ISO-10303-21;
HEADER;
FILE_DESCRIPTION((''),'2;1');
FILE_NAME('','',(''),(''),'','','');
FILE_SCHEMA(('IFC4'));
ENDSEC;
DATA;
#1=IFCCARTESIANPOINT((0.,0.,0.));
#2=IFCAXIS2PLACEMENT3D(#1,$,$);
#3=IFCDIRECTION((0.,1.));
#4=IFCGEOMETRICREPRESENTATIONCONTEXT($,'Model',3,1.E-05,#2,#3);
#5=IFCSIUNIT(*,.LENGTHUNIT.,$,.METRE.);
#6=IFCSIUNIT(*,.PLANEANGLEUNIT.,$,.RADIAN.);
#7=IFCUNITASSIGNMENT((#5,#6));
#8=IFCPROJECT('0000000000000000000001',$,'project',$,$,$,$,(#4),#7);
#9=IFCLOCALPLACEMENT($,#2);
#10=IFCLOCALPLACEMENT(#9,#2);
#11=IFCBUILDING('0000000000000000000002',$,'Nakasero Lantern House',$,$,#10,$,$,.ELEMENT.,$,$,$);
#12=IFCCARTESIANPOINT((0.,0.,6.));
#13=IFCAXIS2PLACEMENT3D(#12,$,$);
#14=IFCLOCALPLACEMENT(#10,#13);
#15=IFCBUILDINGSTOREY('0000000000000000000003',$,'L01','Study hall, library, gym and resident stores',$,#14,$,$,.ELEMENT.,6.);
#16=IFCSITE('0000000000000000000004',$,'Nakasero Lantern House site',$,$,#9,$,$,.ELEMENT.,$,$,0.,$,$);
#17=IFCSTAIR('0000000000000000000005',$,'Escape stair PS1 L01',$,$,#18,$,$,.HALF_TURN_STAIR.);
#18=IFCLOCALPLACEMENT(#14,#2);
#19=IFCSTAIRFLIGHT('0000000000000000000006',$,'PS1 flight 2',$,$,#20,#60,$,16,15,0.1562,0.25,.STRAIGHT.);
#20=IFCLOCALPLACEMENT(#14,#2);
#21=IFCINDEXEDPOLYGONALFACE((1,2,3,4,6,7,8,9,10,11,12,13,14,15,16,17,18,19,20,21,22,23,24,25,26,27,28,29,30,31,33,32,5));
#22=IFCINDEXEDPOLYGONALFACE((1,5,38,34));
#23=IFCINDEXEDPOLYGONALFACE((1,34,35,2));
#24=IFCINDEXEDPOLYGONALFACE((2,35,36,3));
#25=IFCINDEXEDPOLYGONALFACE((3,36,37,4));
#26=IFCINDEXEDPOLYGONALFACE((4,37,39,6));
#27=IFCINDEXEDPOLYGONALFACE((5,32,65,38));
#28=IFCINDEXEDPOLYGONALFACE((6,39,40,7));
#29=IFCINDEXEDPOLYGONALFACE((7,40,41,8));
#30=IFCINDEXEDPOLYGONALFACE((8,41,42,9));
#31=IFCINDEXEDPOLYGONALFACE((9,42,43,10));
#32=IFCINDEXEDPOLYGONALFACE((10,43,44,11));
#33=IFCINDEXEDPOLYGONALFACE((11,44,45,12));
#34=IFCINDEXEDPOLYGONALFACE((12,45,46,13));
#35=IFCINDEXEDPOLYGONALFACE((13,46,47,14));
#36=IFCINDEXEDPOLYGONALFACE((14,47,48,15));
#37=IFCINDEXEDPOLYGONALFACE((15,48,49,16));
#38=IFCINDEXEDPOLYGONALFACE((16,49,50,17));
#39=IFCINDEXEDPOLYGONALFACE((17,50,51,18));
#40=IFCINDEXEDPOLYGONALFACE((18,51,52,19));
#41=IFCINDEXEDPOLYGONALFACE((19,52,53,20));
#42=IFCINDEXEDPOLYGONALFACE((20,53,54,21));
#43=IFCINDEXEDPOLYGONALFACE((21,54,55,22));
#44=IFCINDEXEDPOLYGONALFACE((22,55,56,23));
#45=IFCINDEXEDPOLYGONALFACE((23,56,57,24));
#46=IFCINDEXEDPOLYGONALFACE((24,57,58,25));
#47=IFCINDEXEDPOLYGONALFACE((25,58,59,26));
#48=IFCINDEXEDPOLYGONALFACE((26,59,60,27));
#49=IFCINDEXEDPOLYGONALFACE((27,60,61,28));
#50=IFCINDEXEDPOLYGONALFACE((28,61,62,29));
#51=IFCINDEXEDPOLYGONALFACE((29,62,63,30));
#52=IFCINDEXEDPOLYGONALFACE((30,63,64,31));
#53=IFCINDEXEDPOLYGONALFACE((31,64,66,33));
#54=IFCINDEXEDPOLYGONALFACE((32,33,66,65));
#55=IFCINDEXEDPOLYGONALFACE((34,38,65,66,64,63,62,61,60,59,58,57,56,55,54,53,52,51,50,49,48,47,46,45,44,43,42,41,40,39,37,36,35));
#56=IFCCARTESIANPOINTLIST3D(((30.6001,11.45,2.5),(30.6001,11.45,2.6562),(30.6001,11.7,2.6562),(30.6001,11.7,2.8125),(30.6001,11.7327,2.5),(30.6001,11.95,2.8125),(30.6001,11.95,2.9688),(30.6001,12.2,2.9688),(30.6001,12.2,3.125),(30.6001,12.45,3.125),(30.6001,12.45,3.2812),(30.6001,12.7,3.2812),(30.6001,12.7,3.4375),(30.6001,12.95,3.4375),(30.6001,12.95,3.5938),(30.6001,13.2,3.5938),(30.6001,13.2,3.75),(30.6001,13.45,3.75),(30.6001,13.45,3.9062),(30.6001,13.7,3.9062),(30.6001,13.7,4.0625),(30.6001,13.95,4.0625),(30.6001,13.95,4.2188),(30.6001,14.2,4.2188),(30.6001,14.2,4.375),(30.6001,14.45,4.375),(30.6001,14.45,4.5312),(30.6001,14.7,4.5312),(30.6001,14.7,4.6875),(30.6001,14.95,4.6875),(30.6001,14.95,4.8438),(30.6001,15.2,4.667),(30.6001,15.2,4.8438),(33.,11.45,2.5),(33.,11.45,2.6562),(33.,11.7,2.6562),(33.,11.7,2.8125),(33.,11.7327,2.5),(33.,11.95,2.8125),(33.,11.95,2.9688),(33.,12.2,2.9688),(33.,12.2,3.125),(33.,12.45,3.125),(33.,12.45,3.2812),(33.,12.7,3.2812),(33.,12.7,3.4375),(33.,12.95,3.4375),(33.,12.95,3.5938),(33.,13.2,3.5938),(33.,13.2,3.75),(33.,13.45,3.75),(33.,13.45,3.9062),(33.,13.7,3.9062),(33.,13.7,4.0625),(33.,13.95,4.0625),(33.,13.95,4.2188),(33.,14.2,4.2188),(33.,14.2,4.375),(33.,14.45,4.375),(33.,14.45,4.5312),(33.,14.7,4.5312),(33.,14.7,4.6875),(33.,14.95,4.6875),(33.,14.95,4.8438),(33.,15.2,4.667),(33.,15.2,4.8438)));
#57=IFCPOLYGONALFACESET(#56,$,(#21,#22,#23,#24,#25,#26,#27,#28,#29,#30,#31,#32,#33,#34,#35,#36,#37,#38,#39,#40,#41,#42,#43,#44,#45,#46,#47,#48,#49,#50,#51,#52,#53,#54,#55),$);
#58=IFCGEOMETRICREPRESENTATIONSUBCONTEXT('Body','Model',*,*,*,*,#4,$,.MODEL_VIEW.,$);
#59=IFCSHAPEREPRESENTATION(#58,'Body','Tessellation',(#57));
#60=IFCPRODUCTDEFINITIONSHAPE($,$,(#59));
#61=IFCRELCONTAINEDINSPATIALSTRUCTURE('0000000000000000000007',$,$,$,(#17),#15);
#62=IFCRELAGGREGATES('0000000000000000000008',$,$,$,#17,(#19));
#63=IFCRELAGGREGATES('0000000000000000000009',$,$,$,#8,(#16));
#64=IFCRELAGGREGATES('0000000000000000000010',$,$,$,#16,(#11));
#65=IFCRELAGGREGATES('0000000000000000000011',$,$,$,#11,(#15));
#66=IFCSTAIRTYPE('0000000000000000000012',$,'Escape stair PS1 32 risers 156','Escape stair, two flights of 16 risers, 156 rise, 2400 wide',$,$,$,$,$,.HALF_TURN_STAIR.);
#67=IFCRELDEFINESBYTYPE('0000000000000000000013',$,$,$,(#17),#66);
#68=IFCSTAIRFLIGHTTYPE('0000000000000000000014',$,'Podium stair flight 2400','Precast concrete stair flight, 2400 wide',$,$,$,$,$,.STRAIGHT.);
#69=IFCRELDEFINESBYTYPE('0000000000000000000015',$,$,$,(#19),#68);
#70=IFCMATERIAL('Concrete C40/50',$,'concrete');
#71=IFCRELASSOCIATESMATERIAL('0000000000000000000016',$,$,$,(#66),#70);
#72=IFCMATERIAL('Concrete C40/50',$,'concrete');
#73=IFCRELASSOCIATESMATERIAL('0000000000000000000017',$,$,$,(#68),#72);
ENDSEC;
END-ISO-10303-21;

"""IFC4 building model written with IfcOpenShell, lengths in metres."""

from ifc_helpers import new_model, si_unit, direction, frame, origin, place, context, subcontext, project, spatial, polyline, outline, extrude, material, type_object, element, aggregate, save


model = new_model("IFC4")

# Units and contexts
model_context = context("Model", 3, precision=1e-05, world=origin(), true_north=direction((0.0, 1.0)))
body_context = subcontext(model_context, "Body", "Model", "MODEL_VIEW")
ifc_project = project(units=[si_unit("LENGTHUNIT", "METRE"), si_unit("PLANEANGLEUNIT", "RADIAN")], contexts=[model_context])

# Site, building, storey
site_placement = place(None, origin())
site = spatial("IfcSite", under=ifc_project, at=site_placement, Name="Nakasero Lantern House site", CompositionType="ELEMENT", RefElevation=0.0)
building_placement = place(site_placement, origin())
building = spatial("IfcBuilding", under=site, at=building_placement, Name="Nakasero Lantern House", CompositionType="ELEMENT")
storey_placement = place(building_placement, frame((0.0, 0.0, 6.0)))
storey = spatial("IfcBuildingStorey", under=building, at=storey_placement, Name="L01", Description="Study hall, library, gym and resident stores", CompositionType="ELEMENT", Elevation=6.0)

# Stair, stair flight
ifc_material_1 = material(Name="Concrete C40/50", Category="concrete")
stair_type = type_object("IfcStairType", Name="Escape stair PS1 32 risers 156", Description="Escape stair, two flights of 16 risers, 156 rise, 2400 wide", PredefinedType="HALF_TURN_STAIR", material=ifc_material_1)
stair_placement = place(storey_placement, origin())
stair = element("IfcStair", 1, at=stair_placement, inside=storey, type_object=stair_type, Name="Escape stair PS1 L01", PredefinedType="HALF_TURN_STAIR")
ifc_material_2 = material(Name="Concrete C40/50", Category="concrete")
stair_flight_type = type_object("IfcStairFlightType", Name="Podium stair flight 2400", Description="Precast concrete stair flight, 2400 wide", PredefinedType="STRAIGHT", material=ifc_material_2)
stair_flight_1_placement = place(storey_placement, frame((31.8, 11.45, 2.5), z_axis=(0.0, 0.0, 1.0), x_axis=(0.0, 1.0, 0.0)))
stair_flight_1 = element("IfcStairFlight", 2, at=stair_flight_1_placement, type_object=stair_flight_type, Name="PS1 flight 2", NumberOfRisers=16, NumberOfTreads=15, PredefinedType="STRAIGHT", RiserHeight=0.1562, TreadLength=0.25, context=body_context, shape_type="SweptSolid", body=[
    extrude(outline(polyline([(0.0, 0.0), (0.0, 0.1562), (0.25, 0.1562), (0.25, 0.3125), (0.5, 0.3125), (0.5, 0.4688), (0.75, 0.4688), (0.75, 0.625), (1.0, 0.625), (1.0, 0.7812), (1.25, 0.7812), (1.25, 0.9375), (1.5, 0.9375), (1.5, 1.0938), (1.75, 1.0938), (1.75, 1.25), (2.0, 1.25), (2.0, 1.4062), (2.25, 1.4062), (2.25, 1.5625), (2.5, 1.5625), (2.5, 1.7188), (2.75, 1.7188), (2.75, 1.875), (3.0, 1.875), (3.0, 2.0312), (3.25, 2.0312), (3.25, 2.1875), (3.5, 2.1875), (3.5, 2.3438), (3.75, 2.3438), (3.75, 2.5), (3.75, 2.167), (0.2827, 0.0), (0.0, 0.0)])), frame((0.0, 1.2, 0.0), z_axis=(0.0, -1.0, 0.0), x_axis=(1.0, 0.0, 0.0)), (0.0, 0.0, 1.0), 2.3999),
])
aggregate(stair, [stair_flight_1])

save(model, "model.ifc")
